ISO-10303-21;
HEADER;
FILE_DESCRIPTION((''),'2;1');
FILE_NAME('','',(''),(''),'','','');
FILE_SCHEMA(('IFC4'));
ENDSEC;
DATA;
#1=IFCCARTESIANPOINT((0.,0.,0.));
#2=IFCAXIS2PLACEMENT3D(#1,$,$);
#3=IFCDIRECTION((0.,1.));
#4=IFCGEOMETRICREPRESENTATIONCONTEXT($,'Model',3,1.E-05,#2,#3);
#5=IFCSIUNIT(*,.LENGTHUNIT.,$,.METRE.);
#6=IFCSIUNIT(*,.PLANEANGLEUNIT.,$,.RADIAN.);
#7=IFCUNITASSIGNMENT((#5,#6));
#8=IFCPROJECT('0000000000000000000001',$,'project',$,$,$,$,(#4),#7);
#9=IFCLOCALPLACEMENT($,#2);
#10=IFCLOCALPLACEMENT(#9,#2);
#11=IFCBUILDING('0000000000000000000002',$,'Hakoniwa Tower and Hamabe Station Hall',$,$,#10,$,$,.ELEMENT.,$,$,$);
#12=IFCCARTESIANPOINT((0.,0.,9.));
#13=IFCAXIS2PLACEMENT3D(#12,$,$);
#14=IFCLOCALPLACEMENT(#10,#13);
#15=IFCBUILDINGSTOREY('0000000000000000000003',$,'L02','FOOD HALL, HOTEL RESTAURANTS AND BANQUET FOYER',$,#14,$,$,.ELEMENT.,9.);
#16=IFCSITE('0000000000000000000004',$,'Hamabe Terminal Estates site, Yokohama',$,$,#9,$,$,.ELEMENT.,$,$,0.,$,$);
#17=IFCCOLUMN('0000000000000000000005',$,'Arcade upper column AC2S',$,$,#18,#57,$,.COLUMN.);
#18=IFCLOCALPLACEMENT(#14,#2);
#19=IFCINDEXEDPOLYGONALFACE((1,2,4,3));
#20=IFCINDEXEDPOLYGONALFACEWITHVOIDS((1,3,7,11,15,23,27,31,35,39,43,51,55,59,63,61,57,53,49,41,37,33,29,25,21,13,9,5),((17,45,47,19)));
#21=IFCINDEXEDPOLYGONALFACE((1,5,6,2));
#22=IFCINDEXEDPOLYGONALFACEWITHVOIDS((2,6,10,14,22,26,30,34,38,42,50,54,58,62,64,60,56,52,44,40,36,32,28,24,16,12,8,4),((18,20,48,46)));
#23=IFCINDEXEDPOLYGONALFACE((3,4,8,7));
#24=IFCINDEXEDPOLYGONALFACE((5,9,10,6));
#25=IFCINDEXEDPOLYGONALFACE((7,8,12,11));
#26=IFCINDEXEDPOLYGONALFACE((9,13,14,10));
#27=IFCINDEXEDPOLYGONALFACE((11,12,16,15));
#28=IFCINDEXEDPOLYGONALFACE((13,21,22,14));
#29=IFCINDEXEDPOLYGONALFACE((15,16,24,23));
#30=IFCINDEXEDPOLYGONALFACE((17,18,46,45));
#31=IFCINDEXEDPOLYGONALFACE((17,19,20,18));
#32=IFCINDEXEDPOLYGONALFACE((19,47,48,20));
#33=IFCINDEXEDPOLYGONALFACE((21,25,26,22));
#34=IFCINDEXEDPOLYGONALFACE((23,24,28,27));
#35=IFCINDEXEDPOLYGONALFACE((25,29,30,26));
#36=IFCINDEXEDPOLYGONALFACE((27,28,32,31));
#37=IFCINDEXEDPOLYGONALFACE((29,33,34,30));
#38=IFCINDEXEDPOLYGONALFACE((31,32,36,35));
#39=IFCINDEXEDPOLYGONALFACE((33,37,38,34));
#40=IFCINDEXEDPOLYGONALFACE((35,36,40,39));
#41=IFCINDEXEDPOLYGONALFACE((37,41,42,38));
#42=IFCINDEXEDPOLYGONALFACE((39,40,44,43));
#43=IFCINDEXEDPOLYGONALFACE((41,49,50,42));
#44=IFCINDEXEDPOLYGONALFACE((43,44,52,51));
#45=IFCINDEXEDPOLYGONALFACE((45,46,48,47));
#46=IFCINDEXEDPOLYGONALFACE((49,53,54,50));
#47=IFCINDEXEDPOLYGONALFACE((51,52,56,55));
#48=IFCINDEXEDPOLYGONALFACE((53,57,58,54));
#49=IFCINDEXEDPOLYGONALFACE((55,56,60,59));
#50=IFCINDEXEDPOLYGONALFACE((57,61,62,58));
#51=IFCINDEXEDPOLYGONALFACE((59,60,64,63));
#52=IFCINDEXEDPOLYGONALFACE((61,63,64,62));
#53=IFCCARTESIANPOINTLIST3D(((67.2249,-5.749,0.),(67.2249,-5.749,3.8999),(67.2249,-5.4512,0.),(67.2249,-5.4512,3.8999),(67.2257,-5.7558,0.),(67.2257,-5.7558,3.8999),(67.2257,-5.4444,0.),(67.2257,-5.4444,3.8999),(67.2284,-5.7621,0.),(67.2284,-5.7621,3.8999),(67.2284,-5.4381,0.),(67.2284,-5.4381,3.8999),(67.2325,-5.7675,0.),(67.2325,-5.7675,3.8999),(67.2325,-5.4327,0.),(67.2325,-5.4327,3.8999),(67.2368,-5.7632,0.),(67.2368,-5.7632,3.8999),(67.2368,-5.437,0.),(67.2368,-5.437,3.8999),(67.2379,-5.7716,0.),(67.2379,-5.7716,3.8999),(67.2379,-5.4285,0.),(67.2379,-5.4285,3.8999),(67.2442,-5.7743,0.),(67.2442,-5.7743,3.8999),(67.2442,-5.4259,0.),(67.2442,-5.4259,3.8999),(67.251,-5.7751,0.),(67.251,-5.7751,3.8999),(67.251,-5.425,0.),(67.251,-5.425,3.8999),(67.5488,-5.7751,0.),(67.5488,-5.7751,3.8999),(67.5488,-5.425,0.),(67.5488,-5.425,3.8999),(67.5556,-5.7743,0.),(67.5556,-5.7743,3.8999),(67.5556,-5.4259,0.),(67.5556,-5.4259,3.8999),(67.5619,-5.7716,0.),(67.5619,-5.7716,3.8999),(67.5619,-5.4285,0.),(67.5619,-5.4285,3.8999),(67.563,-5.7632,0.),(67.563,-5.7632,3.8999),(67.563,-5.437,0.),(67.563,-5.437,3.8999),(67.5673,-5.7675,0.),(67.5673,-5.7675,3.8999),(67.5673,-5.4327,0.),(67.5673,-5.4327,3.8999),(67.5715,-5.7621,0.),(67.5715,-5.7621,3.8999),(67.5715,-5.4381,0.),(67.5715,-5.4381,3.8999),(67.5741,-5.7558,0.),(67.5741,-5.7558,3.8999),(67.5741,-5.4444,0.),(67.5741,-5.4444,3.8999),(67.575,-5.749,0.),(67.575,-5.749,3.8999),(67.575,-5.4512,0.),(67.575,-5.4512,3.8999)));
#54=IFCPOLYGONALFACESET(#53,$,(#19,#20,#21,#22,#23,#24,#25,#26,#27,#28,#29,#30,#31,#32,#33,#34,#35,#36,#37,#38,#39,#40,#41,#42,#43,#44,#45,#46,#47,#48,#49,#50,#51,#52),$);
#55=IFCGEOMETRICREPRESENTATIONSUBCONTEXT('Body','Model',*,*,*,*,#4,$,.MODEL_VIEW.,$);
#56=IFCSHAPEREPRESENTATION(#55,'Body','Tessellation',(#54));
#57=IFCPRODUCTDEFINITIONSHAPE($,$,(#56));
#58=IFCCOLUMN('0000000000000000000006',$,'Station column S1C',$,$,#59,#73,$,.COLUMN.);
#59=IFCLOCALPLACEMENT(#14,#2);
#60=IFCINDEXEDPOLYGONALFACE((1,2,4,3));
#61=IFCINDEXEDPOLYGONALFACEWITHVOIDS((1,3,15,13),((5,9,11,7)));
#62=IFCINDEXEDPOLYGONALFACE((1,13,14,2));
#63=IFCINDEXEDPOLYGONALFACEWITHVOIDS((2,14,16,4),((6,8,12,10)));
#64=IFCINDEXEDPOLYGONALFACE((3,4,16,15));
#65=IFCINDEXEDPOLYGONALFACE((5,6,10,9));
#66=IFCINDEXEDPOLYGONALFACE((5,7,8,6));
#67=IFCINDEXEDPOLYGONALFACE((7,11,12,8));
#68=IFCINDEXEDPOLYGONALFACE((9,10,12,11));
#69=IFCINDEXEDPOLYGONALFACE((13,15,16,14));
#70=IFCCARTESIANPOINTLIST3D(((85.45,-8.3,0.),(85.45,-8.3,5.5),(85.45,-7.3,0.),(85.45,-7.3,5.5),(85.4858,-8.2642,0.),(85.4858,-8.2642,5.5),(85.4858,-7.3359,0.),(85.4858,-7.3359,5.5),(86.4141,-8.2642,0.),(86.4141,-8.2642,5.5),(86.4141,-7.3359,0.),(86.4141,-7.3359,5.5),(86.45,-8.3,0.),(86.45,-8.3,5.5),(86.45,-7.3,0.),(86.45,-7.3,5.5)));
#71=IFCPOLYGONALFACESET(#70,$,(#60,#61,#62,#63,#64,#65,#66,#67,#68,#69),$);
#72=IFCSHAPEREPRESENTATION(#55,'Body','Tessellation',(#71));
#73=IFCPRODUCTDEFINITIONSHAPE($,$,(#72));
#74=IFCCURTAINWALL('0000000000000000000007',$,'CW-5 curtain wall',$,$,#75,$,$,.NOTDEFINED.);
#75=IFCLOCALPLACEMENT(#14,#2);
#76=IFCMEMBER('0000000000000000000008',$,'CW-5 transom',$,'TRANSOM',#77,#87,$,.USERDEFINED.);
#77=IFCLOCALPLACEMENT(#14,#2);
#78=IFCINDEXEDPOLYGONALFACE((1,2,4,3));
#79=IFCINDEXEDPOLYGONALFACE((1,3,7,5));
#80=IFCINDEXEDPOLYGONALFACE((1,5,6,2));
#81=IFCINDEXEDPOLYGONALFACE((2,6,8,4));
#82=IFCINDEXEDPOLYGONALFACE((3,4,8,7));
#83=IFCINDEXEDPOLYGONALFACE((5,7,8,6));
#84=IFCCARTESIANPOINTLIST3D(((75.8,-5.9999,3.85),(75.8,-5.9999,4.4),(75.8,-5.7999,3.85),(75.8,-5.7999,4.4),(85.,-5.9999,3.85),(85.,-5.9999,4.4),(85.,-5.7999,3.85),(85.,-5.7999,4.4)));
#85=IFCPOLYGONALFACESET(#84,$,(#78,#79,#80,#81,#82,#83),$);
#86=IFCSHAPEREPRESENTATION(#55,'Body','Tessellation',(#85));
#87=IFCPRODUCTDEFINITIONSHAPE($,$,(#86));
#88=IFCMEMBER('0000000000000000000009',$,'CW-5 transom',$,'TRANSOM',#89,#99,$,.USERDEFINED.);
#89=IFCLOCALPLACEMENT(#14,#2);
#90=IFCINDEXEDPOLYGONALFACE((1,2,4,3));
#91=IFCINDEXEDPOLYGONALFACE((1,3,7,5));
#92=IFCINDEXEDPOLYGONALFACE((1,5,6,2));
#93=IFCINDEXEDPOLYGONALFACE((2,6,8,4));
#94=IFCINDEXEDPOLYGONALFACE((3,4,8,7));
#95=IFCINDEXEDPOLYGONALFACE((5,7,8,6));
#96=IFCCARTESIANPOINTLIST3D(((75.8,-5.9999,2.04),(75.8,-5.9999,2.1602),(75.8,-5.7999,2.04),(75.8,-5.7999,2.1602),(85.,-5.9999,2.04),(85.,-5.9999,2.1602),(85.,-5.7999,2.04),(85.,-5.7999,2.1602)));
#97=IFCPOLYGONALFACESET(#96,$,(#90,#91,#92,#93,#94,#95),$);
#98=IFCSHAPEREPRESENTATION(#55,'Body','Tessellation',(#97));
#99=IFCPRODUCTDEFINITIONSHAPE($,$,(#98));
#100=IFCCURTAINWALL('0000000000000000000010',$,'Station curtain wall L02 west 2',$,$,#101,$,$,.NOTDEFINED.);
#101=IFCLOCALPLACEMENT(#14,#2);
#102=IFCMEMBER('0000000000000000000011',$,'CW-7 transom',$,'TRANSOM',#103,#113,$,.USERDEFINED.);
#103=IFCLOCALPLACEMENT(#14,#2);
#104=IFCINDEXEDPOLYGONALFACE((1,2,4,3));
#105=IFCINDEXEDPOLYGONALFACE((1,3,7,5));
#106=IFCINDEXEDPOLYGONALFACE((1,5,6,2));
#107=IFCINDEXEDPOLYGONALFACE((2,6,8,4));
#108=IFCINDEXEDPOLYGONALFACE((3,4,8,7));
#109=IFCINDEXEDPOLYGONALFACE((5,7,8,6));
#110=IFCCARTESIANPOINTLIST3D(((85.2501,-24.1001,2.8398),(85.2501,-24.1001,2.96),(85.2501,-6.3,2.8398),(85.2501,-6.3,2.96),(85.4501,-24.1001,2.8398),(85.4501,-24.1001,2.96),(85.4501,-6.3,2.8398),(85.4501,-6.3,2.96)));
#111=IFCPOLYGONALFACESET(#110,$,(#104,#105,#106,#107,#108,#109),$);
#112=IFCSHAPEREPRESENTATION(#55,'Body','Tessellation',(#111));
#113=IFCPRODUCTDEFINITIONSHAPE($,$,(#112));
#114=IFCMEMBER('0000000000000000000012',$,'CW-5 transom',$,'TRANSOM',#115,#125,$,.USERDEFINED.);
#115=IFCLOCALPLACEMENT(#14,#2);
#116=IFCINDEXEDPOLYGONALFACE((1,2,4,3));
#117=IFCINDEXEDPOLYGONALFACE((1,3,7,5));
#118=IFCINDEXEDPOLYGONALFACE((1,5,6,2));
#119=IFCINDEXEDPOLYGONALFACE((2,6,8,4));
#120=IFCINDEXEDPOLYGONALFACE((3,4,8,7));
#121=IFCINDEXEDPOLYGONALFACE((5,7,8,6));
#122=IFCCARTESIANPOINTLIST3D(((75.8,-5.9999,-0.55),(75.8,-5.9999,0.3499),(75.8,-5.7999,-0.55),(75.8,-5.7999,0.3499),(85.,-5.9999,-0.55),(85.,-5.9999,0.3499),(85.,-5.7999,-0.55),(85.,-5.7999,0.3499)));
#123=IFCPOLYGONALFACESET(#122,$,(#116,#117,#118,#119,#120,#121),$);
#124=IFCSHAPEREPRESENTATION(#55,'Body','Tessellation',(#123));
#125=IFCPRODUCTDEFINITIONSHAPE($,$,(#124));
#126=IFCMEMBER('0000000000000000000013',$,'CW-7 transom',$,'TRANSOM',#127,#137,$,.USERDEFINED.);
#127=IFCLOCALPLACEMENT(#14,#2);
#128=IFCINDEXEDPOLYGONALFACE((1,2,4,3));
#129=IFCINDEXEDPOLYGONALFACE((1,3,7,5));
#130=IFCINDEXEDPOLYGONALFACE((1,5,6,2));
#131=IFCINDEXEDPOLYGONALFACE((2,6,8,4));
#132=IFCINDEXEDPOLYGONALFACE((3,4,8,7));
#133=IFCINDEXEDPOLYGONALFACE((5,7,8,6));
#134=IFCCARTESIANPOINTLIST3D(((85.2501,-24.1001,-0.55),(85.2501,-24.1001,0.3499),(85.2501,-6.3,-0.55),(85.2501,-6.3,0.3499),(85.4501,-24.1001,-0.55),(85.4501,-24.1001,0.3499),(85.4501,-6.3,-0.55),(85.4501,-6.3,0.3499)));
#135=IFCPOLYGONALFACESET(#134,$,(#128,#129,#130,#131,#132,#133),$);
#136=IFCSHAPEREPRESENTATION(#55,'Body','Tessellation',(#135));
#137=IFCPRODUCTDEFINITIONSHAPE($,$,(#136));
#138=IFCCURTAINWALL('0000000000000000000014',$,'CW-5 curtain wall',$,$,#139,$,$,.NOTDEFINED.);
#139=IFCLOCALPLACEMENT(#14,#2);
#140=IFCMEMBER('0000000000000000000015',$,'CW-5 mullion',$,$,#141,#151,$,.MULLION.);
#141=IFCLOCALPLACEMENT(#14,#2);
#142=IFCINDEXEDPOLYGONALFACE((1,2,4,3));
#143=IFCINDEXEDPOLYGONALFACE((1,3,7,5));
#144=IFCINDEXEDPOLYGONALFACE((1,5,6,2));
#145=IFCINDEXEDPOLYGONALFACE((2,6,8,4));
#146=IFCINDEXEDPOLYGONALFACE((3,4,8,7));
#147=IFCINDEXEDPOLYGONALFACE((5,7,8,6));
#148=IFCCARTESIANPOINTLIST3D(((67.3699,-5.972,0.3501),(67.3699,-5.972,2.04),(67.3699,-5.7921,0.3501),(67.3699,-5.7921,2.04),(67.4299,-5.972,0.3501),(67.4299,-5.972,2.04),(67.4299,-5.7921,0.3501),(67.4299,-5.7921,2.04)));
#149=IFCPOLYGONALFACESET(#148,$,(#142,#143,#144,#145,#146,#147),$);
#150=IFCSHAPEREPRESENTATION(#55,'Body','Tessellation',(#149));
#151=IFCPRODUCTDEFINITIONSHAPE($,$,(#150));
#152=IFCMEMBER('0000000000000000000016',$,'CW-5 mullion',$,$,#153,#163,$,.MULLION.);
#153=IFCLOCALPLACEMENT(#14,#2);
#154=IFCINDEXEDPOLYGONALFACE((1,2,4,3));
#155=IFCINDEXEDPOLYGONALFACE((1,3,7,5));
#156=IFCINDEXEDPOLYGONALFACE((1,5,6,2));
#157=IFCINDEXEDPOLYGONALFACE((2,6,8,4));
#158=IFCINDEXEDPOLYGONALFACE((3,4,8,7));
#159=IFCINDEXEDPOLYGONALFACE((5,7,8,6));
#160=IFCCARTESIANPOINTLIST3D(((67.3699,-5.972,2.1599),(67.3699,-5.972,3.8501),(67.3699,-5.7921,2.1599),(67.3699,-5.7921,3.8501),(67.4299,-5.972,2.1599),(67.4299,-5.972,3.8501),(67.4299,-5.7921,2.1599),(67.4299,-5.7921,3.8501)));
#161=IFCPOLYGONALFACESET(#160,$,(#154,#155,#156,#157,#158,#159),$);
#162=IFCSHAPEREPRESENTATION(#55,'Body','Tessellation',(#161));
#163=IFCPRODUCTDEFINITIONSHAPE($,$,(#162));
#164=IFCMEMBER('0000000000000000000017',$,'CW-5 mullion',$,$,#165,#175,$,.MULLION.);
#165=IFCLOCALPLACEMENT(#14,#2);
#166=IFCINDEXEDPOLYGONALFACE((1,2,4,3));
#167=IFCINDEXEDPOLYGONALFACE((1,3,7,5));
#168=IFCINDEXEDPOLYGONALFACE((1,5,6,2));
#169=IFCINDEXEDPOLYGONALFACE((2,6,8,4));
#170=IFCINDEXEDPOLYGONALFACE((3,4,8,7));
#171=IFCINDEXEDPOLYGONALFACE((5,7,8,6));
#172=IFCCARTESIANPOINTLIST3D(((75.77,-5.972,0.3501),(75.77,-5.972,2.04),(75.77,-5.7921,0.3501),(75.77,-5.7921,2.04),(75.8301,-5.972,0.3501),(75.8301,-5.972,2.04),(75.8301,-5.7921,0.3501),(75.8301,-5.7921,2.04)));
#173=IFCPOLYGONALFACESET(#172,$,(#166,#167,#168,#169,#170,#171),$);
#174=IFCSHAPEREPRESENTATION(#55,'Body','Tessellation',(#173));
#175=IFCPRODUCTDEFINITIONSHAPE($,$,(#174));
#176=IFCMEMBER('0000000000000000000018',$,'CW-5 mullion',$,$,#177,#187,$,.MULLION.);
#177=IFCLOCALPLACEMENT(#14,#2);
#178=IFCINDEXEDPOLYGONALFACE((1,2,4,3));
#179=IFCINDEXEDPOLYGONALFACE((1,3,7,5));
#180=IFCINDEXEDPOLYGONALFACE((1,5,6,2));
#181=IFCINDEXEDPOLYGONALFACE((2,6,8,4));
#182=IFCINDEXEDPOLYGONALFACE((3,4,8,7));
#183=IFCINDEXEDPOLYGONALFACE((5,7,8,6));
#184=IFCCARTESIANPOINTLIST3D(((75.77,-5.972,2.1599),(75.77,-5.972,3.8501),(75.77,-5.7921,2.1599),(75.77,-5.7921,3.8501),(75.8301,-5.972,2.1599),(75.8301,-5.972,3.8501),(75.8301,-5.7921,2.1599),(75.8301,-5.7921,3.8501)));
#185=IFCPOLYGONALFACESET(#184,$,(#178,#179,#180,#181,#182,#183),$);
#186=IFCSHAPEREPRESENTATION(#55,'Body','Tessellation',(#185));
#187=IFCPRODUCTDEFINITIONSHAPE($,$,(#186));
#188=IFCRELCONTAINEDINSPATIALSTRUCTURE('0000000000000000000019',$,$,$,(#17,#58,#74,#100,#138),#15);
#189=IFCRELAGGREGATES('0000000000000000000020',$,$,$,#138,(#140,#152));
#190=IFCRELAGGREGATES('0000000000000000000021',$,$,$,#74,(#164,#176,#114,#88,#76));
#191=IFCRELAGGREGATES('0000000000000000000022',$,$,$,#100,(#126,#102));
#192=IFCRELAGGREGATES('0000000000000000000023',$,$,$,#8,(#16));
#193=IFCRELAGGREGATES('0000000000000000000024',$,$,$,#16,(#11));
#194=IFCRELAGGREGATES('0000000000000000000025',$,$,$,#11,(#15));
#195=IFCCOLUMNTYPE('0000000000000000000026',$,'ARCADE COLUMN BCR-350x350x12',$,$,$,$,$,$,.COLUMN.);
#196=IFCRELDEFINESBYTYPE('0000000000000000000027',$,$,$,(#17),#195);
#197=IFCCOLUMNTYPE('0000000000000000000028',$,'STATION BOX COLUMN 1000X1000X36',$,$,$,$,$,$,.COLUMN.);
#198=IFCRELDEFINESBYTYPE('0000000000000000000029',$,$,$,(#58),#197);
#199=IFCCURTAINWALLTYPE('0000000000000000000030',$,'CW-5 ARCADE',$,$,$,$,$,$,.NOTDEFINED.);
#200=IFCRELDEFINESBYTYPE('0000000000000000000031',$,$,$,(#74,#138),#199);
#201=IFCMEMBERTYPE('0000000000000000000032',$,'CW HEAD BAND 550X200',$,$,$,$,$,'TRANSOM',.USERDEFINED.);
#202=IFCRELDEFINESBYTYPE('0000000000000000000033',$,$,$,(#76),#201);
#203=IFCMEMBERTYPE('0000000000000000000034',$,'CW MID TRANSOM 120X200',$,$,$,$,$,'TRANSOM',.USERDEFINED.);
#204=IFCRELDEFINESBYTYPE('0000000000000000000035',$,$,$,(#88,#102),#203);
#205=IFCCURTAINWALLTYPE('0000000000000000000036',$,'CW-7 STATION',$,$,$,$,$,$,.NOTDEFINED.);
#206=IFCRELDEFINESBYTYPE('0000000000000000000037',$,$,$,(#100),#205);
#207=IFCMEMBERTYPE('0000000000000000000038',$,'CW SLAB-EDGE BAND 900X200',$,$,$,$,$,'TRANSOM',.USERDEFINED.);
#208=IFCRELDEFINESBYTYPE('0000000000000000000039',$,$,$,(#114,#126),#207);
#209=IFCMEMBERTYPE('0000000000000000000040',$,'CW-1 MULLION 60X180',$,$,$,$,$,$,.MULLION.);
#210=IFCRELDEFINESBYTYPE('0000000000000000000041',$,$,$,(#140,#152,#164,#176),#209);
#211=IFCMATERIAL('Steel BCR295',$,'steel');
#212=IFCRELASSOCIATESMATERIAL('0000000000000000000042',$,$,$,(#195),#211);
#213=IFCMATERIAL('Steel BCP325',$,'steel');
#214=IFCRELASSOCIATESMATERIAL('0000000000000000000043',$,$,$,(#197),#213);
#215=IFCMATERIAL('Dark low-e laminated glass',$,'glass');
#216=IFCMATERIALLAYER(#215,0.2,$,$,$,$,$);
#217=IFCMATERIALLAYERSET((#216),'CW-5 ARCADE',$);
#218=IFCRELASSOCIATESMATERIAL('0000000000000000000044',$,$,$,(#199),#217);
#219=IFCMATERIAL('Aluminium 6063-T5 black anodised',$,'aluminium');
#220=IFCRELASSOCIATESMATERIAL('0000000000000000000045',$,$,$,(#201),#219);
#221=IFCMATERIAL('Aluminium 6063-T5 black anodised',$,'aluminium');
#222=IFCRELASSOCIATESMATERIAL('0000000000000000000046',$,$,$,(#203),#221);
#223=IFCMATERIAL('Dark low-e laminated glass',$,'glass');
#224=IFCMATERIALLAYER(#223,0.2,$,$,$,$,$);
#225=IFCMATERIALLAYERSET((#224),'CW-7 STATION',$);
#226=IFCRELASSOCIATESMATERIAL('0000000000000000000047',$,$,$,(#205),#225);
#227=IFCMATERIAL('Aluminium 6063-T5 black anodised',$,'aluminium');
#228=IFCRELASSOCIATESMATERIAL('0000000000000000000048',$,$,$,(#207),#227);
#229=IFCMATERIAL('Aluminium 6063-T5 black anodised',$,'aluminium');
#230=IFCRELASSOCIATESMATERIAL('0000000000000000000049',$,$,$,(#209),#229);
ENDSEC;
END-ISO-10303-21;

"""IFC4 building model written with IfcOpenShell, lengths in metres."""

from ifc_helpers import new_model, si_unit, direction, frame, origin, origin_2d, place, context, subcontext, project, spatial, rectangle, hollow_rectangle, extrude, material, layer, layer_set, material_profile, profile_set, type_object, element, aggregate, save


model = new_model("IFC4")

# Units and contexts
model_context = context("Model", 3, precision=1e-05, world=origin(), true_north=direction((0.0, 1.0)))
body_context = subcontext(model_context, "Body", "Model", "MODEL_VIEW")
ifc_project = project(units=[si_unit("LENGTHUNIT", "METRE"), si_unit("PLANEANGLEUNIT", "RADIAN")], contexts=[model_context])

# Site, building, storey
site_placement = place(None, origin())
site = spatial("IfcSite", under=ifc_project, at=site_placement, Name="Hamabe Terminal Estates site, Yokohama", CompositionType="ELEMENT", RefElevation=0.0)
building_placement = place(site_placement, origin())
building = spatial("IfcBuilding", under=site, at=building_placement, Name="Hakoniwa Tower and Hamabe Station Hall", CompositionType="ELEMENT")
storey_placement = place(building_placement, frame((0.0, 0.0, 9.0)))
storey = spatial("IfcBuildingStorey", under=building, at=storey_placement, Name="L02", Description="FOOD HALL, HOTEL RESTAURANTS AND BANQUET FOYER", CompositionType="ELEMENT", Elevation=9.0)

# Columns
ifc_material_1 = material(Name="Steel BCR295", Category="steel")
ifc_material_profile_1 = material_profile(ifc_material_1, hollow_rectangle(XDim=0.3501, YDim=0.3501, WallThickness=0.012, OuterFilletRadius=0.0261, at=origin_2d()), Name="ARCADE COLUMN BCR-350x350x12")
ifc_profile_set_1 = profile_set([ifc_material_profile_1], Name="Steel BCR295")
column_type_1 = type_object("IfcColumnType", Name="ARCADE COLUMN BCR-350x350x12", PredefinedType="COLUMN", material=ifc_profile_set_1)
column_1_placement = place(storey_placement, frame((67.3999, -5.6001, 0.0), z_axis=(0.0, 0.0, 1.0), x_axis=(1.0, 0.0, 0.0)))
element("IfcColumn", 1, at=column_1_placement, inside=storey, type_object=column_type_1, Name="Arcade upper column AC2S", PredefinedType="COLUMN", context=body_context, shape_type="SweptSolid", body=[
    extrude(hollow_rectangle(XDim=0.3501, YDim=0.3501, WallThickness=0.012, OuterFilletRadius=0.0261, at=origin_2d()), origin(), (0.0, 0.0, 1.0), 3.8999),
])
ifc_material_2 = material(Name="Steel BCP325", Category="steel")
ifc_material_profile_2 = material_profile(ifc_material_2, hollow_rectangle(XDim=1.0, YDim=1.0, WallThickness=0.0359, at=origin_2d()), Name="STATION BOX COLUMN 1000X1000X36")
ifc_profile_set_2 = profile_set([ifc_material_profile_2], Name="Steel BCP325")
column_type_2 = type_object("IfcColumnType", Name="STATION BOX COLUMN 1000X1000X36", PredefinedType="COLUMN", material=ifc_profile_set_2)
column_2_placement = place(storey_placement, frame((85.95, -7.8, 0.0), z_axis=(0.0, 0.0, 1.0), x_axis=(1.0, 0.0, 0.0)))
element("IfcColumn", 2, at=column_2_placement, inside=storey, type_object=column_type_2, Name="Station column S1C", PredefinedType="COLUMN", context=body_context, shape_type="SweptSolid", body=[
    extrude(hollow_rectangle(XDim=1.0, YDim=1.0, WallThickness=0.0359, at=origin_2d()), origin(), (0.0, 0.0, 1.0), 5.5),
])

# Curtain wall, members
ifc_material_3 = material(Name="Dark low-e laminated glass", Category="glass")
ifc_layer_1 = layer(ifc_material_3, 0.2)
ifc_layer_set_1 = layer_set([ifc_layer_1], Name="CW-5 ARCADE")
curtain_wall_type_1 = type_object("IfcCurtainWallType", Name="CW-5 ARCADE", PredefinedType="NOTDEFINED", material=ifc_layer_set_1)
curtain_wall_1_placement = place(storey_placement, origin())
curtain_wall_1 = element("IfcCurtainWall", 3, at=curtain_wall_1_placement, inside=storey, type_object=curtain_wall_type_1, Name="CW-5 curtain wall", PredefinedType="NOTDEFINED")
ifc_material_4 = material(Name="Aluminium 6063-T5 black anodised", Category="aluminium")
ifc_material_profile_3 = material_profile(ifc_material_4, rectangle(XDim=0.2, YDim=0.55, at=origin_2d()), Name="CW HEAD BAND 550X200")
ifc_profile_set_3 = profile_set([ifc_material_profile_3], Name="Aluminium 6063-T5 black anodised")
member_type_1 = type_object("IfcMemberType", Name="CW HEAD BAND 550X200", ElementType="TRANSOM", PredefinedType="USERDEFINED", material=ifc_profile_set_3)
member_1_placement = place(storey_placement, frame((75.8, -5.8999, 4.125), z_axis=(1.0, 0.0, 0.0), x_axis=(0.0, 1.0, 0.0)))
member_1 = element("IfcMember", 4, at=member_1_placement, type_object=member_type_1, Name="CW-5 transom", ObjectType="TRANSOM", PredefinedType="USERDEFINED", context=body_context, shape_type="SweptSolid", body=[
    extrude(rectangle(XDim=0.2, YDim=0.55, at=origin_2d()), origin(), (0.0, 0.0, 1.0), 9.2),
])
ifc_material_5 = material(Name="Aluminium 6063-T5 black anodised", Category="aluminium")
ifc_material_profile_4 = material_profile(ifc_material_5, rectangle(XDim=0.2, YDim=0.1201, at=origin_2d()), Name="CW MID TRANSOM 120X200")
ifc_profile_set_4 = profile_set([ifc_material_profile_4], Name="Aluminium 6063-T5 black anodised")
member_type_2 = type_object("IfcMemberType", Name="CW MID TRANSOM 120X200", ElementType="TRANSOM", PredefinedType="USERDEFINED", material=ifc_profile_set_4)
member_2_placement = place(storey_placement, frame((75.8, -5.8999, 2.1001), z_axis=(1.0, 0.0, 0.0), x_axis=(0.0, 1.0, 0.0)))
member_2 = element("IfcMember", 5, at=member_2_placement, type_object=member_type_2, Name="CW-5 transom", ObjectType="TRANSOM", PredefinedType="USERDEFINED", context=body_context, shape_type="SweptSolid", body=[
    extrude(rectangle(XDim=0.2, YDim=0.1201, at=origin_2d()), origin(), (0.0, 0.0, 1.0), 9.2),
])

# Curtain wall, member
ifc_material_6 = material(Name="Dark low-e laminated glass", Category="glass")
ifc_layer_2 = layer(ifc_material_6, 0.2)
ifc_layer_set_2 = layer_set([ifc_layer_2], Name="CW-7 STATION")
curtain_wall_type_2 = type_object("IfcCurtainWallType", Name="CW-7 STATION", PredefinedType="NOTDEFINED", material=ifc_layer_set_2)
curtain_wall_2_placement = place(storey_placement, origin())
curtain_wall_2 = element("IfcCurtainWall", 6, at=curtain_wall_2_placement, inside=storey, type_object=curtain_wall_type_2, Name="Station curtain wall L02 west 2", PredefinedType="NOTDEFINED")
member_3_placement = place(storey_placement, frame((85.3501, -6.3, 2.8999), z_axis=(0.0, -1.0, 0.0), x_axis=(1.0, 0.0, 0.0)))
member_3 = element("IfcMember", 7, at=member_3_placement, type_object=member_type_2, Name="CW-7 transom", ObjectType="TRANSOM", PredefinedType="USERDEFINED", context=body_context, shape_type="SweptSolid", body=[
    extrude(rectangle(XDim=0.2, YDim=0.1201, at=origin_2d()), origin(), (0.0, 0.0, 1.0), 17.8),
])

# Members
ifc_material_7 = material(Name="Aluminium 6063-T5 black anodised", Category="aluminium")
ifc_material_profile_5 = material_profile(ifc_material_7, rectangle(XDim=0.2, YDim=0.8999, at=origin_2d()), Name="CW SLAB-EDGE BAND 900X200")
ifc_profile_set_5 = profile_set([ifc_material_profile_5], Name="Aluminium 6063-T5 black anodised")
member_type_3 = type_object("IfcMemberType", Name="CW SLAB-EDGE BAND 900X200", ElementType="TRANSOM", PredefinedType="USERDEFINED", material=ifc_profile_set_5)
member_4_placement = place(storey_placement, frame((75.8, -5.8999, -0.1001), z_axis=(1.0, 0.0, 0.0), x_axis=(0.0, 1.0, 0.0)))
member_4 = element("IfcMember", 8, at=member_4_placement, type_object=member_type_3, Name="CW-5 transom", ObjectType="TRANSOM", PredefinedType="USERDEFINED", context=body_context, shape_type="SweptSolid", body=[
    extrude(rectangle(XDim=0.2, YDim=0.8999, at=origin_2d()), origin(), (0.0, 0.0, 1.0), 9.2),
])
member_5_placement = place(storey_placement, frame((85.3501, -6.3, -0.1001), z_axis=(0.0, -1.0, 0.0), x_axis=(1.0, 0.0, 0.0)))
member_5 = element("IfcMember", 9, at=member_5_placement, type_object=member_type_3, Name="CW-7 transom", ObjectType="TRANSOM", PredefinedType="USERDEFINED", context=body_context, shape_type="SweptSolid", body=[
    extrude(rectangle(XDim=0.2, YDim=0.8999, at=origin_2d()), origin(), (0.0, 0.0, 1.0), 17.8),
])

# Curtain wall, members
curtain_wall_3_placement = place(storey_placement, origin())
curtain_wall_3 = element("IfcCurtainWall", 10, at=curtain_wall_3_placement, inside=storey, type_object=curtain_wall_type_1, Name="CW-5 curtain wall", PredefinedType="NOTDEFINED")
ifc_material_8 = material(Name="Aluminium 6063-T5 black anodised", Category="aluminium")
ifc_material_profile_6 = material_profile(ifc_material_8, rectangle(XDim=0.0601, YDim=0.1799, at=origin_2d()), Name="CW-1 MULLION 60X180")
ifc_profile_set_6 = profile_set([ifc_material_profile_6], Name="Aluminium 6063-T5 black anodised")
member_type_4 = type_object("IfcMemberType", Name="CW-1 MULLION 60X180", PredefinedType="MULLION", material=ifc_profile_set_6)
member_6_placement = place(storey_placement, frame((67.3999, -5.8821, 0.3501), z_axis=(0.0, 0.0, 1.0), x_axis=(1.0, 0.0, 0.0)))
member_6 = element("IfcMember", 11, at=member_6_placement, type_object=member_type_4, Name="CW-5 mullion", PredefinedType="MULLION", context=body_context, shape_type="SweptSolid", body=[
    extrude(rectangle(XDim=0.0601, YDim=0.1799, at=origin_2d()), origin(), (0.0, 0.0, 1.0), 1.6899),
])
member_7_placement = place(storey_placement, frame((67.3999, -5.8821, 2.1599), z_axis=(0.0, 0.0, 1.0), x_axis=(1.0, 0.0, 0.0)))
member_7 = element("IfcMember", 12, at=member_7_placement, type_object=member_type_4, Name="CW-5 mullion", PredefinedType="MULLION", context=body_context, shape_type="SweptSolid", body=[
    extrude(rectangle(XDim=0.0601, YDim=0.1799, at=origin_2d()), origin(), (0.0, 0.0, 1.0), 1.6902),
])

# Members
member_8_placement = place(storey_placement, frame((75.8, -5.8821, 0.3501), z_axis=(0.0, 0.0, 1.0), x_axis=(1.0, 0.0, 0.0)))
member_8 = element("IfcMember", 13, at=member_8_placement, type_object=member_type_4, Name="CW-5 mullion", PredefinedType="MULLION", context=body_context, shape_type="SweptSolid", body=[
    extrude(rectangle(XDim=0.0601, YDim=0.1799, at=origin_2d()), origin(), (0.0, 0.0, 1.0), 1.6899),
])
member_9_placement = place(storey_placement, frame((75.8, -5.8821, 2.1599), z_axis=(0.0, 0.0, 1.0), x_axis=(1.0, 0.0, 0.0)))
member_9 = element("IfcMember", 14, at=member_9_placement, type_object=member_type_4, Name="CW-5 mullion", PredefinedType="MULLION", context=body_context, shape_type="SweptSolid", body=[
    extrude(rectangle(XDim=0.0601, YDim=0.1799, at=origin_2d()), origin(), (0.0, 0.0, 1.0), 1.6902),
])

aggregate(curtain_wall_3, [member_6, member_7])
aggregate(curtain_wall_1, [member_8, member_9, member_4, member_2, member_1])
aggregate(curtain_wall_2, [member_5, member_3])

save(model, "model.ifc")
